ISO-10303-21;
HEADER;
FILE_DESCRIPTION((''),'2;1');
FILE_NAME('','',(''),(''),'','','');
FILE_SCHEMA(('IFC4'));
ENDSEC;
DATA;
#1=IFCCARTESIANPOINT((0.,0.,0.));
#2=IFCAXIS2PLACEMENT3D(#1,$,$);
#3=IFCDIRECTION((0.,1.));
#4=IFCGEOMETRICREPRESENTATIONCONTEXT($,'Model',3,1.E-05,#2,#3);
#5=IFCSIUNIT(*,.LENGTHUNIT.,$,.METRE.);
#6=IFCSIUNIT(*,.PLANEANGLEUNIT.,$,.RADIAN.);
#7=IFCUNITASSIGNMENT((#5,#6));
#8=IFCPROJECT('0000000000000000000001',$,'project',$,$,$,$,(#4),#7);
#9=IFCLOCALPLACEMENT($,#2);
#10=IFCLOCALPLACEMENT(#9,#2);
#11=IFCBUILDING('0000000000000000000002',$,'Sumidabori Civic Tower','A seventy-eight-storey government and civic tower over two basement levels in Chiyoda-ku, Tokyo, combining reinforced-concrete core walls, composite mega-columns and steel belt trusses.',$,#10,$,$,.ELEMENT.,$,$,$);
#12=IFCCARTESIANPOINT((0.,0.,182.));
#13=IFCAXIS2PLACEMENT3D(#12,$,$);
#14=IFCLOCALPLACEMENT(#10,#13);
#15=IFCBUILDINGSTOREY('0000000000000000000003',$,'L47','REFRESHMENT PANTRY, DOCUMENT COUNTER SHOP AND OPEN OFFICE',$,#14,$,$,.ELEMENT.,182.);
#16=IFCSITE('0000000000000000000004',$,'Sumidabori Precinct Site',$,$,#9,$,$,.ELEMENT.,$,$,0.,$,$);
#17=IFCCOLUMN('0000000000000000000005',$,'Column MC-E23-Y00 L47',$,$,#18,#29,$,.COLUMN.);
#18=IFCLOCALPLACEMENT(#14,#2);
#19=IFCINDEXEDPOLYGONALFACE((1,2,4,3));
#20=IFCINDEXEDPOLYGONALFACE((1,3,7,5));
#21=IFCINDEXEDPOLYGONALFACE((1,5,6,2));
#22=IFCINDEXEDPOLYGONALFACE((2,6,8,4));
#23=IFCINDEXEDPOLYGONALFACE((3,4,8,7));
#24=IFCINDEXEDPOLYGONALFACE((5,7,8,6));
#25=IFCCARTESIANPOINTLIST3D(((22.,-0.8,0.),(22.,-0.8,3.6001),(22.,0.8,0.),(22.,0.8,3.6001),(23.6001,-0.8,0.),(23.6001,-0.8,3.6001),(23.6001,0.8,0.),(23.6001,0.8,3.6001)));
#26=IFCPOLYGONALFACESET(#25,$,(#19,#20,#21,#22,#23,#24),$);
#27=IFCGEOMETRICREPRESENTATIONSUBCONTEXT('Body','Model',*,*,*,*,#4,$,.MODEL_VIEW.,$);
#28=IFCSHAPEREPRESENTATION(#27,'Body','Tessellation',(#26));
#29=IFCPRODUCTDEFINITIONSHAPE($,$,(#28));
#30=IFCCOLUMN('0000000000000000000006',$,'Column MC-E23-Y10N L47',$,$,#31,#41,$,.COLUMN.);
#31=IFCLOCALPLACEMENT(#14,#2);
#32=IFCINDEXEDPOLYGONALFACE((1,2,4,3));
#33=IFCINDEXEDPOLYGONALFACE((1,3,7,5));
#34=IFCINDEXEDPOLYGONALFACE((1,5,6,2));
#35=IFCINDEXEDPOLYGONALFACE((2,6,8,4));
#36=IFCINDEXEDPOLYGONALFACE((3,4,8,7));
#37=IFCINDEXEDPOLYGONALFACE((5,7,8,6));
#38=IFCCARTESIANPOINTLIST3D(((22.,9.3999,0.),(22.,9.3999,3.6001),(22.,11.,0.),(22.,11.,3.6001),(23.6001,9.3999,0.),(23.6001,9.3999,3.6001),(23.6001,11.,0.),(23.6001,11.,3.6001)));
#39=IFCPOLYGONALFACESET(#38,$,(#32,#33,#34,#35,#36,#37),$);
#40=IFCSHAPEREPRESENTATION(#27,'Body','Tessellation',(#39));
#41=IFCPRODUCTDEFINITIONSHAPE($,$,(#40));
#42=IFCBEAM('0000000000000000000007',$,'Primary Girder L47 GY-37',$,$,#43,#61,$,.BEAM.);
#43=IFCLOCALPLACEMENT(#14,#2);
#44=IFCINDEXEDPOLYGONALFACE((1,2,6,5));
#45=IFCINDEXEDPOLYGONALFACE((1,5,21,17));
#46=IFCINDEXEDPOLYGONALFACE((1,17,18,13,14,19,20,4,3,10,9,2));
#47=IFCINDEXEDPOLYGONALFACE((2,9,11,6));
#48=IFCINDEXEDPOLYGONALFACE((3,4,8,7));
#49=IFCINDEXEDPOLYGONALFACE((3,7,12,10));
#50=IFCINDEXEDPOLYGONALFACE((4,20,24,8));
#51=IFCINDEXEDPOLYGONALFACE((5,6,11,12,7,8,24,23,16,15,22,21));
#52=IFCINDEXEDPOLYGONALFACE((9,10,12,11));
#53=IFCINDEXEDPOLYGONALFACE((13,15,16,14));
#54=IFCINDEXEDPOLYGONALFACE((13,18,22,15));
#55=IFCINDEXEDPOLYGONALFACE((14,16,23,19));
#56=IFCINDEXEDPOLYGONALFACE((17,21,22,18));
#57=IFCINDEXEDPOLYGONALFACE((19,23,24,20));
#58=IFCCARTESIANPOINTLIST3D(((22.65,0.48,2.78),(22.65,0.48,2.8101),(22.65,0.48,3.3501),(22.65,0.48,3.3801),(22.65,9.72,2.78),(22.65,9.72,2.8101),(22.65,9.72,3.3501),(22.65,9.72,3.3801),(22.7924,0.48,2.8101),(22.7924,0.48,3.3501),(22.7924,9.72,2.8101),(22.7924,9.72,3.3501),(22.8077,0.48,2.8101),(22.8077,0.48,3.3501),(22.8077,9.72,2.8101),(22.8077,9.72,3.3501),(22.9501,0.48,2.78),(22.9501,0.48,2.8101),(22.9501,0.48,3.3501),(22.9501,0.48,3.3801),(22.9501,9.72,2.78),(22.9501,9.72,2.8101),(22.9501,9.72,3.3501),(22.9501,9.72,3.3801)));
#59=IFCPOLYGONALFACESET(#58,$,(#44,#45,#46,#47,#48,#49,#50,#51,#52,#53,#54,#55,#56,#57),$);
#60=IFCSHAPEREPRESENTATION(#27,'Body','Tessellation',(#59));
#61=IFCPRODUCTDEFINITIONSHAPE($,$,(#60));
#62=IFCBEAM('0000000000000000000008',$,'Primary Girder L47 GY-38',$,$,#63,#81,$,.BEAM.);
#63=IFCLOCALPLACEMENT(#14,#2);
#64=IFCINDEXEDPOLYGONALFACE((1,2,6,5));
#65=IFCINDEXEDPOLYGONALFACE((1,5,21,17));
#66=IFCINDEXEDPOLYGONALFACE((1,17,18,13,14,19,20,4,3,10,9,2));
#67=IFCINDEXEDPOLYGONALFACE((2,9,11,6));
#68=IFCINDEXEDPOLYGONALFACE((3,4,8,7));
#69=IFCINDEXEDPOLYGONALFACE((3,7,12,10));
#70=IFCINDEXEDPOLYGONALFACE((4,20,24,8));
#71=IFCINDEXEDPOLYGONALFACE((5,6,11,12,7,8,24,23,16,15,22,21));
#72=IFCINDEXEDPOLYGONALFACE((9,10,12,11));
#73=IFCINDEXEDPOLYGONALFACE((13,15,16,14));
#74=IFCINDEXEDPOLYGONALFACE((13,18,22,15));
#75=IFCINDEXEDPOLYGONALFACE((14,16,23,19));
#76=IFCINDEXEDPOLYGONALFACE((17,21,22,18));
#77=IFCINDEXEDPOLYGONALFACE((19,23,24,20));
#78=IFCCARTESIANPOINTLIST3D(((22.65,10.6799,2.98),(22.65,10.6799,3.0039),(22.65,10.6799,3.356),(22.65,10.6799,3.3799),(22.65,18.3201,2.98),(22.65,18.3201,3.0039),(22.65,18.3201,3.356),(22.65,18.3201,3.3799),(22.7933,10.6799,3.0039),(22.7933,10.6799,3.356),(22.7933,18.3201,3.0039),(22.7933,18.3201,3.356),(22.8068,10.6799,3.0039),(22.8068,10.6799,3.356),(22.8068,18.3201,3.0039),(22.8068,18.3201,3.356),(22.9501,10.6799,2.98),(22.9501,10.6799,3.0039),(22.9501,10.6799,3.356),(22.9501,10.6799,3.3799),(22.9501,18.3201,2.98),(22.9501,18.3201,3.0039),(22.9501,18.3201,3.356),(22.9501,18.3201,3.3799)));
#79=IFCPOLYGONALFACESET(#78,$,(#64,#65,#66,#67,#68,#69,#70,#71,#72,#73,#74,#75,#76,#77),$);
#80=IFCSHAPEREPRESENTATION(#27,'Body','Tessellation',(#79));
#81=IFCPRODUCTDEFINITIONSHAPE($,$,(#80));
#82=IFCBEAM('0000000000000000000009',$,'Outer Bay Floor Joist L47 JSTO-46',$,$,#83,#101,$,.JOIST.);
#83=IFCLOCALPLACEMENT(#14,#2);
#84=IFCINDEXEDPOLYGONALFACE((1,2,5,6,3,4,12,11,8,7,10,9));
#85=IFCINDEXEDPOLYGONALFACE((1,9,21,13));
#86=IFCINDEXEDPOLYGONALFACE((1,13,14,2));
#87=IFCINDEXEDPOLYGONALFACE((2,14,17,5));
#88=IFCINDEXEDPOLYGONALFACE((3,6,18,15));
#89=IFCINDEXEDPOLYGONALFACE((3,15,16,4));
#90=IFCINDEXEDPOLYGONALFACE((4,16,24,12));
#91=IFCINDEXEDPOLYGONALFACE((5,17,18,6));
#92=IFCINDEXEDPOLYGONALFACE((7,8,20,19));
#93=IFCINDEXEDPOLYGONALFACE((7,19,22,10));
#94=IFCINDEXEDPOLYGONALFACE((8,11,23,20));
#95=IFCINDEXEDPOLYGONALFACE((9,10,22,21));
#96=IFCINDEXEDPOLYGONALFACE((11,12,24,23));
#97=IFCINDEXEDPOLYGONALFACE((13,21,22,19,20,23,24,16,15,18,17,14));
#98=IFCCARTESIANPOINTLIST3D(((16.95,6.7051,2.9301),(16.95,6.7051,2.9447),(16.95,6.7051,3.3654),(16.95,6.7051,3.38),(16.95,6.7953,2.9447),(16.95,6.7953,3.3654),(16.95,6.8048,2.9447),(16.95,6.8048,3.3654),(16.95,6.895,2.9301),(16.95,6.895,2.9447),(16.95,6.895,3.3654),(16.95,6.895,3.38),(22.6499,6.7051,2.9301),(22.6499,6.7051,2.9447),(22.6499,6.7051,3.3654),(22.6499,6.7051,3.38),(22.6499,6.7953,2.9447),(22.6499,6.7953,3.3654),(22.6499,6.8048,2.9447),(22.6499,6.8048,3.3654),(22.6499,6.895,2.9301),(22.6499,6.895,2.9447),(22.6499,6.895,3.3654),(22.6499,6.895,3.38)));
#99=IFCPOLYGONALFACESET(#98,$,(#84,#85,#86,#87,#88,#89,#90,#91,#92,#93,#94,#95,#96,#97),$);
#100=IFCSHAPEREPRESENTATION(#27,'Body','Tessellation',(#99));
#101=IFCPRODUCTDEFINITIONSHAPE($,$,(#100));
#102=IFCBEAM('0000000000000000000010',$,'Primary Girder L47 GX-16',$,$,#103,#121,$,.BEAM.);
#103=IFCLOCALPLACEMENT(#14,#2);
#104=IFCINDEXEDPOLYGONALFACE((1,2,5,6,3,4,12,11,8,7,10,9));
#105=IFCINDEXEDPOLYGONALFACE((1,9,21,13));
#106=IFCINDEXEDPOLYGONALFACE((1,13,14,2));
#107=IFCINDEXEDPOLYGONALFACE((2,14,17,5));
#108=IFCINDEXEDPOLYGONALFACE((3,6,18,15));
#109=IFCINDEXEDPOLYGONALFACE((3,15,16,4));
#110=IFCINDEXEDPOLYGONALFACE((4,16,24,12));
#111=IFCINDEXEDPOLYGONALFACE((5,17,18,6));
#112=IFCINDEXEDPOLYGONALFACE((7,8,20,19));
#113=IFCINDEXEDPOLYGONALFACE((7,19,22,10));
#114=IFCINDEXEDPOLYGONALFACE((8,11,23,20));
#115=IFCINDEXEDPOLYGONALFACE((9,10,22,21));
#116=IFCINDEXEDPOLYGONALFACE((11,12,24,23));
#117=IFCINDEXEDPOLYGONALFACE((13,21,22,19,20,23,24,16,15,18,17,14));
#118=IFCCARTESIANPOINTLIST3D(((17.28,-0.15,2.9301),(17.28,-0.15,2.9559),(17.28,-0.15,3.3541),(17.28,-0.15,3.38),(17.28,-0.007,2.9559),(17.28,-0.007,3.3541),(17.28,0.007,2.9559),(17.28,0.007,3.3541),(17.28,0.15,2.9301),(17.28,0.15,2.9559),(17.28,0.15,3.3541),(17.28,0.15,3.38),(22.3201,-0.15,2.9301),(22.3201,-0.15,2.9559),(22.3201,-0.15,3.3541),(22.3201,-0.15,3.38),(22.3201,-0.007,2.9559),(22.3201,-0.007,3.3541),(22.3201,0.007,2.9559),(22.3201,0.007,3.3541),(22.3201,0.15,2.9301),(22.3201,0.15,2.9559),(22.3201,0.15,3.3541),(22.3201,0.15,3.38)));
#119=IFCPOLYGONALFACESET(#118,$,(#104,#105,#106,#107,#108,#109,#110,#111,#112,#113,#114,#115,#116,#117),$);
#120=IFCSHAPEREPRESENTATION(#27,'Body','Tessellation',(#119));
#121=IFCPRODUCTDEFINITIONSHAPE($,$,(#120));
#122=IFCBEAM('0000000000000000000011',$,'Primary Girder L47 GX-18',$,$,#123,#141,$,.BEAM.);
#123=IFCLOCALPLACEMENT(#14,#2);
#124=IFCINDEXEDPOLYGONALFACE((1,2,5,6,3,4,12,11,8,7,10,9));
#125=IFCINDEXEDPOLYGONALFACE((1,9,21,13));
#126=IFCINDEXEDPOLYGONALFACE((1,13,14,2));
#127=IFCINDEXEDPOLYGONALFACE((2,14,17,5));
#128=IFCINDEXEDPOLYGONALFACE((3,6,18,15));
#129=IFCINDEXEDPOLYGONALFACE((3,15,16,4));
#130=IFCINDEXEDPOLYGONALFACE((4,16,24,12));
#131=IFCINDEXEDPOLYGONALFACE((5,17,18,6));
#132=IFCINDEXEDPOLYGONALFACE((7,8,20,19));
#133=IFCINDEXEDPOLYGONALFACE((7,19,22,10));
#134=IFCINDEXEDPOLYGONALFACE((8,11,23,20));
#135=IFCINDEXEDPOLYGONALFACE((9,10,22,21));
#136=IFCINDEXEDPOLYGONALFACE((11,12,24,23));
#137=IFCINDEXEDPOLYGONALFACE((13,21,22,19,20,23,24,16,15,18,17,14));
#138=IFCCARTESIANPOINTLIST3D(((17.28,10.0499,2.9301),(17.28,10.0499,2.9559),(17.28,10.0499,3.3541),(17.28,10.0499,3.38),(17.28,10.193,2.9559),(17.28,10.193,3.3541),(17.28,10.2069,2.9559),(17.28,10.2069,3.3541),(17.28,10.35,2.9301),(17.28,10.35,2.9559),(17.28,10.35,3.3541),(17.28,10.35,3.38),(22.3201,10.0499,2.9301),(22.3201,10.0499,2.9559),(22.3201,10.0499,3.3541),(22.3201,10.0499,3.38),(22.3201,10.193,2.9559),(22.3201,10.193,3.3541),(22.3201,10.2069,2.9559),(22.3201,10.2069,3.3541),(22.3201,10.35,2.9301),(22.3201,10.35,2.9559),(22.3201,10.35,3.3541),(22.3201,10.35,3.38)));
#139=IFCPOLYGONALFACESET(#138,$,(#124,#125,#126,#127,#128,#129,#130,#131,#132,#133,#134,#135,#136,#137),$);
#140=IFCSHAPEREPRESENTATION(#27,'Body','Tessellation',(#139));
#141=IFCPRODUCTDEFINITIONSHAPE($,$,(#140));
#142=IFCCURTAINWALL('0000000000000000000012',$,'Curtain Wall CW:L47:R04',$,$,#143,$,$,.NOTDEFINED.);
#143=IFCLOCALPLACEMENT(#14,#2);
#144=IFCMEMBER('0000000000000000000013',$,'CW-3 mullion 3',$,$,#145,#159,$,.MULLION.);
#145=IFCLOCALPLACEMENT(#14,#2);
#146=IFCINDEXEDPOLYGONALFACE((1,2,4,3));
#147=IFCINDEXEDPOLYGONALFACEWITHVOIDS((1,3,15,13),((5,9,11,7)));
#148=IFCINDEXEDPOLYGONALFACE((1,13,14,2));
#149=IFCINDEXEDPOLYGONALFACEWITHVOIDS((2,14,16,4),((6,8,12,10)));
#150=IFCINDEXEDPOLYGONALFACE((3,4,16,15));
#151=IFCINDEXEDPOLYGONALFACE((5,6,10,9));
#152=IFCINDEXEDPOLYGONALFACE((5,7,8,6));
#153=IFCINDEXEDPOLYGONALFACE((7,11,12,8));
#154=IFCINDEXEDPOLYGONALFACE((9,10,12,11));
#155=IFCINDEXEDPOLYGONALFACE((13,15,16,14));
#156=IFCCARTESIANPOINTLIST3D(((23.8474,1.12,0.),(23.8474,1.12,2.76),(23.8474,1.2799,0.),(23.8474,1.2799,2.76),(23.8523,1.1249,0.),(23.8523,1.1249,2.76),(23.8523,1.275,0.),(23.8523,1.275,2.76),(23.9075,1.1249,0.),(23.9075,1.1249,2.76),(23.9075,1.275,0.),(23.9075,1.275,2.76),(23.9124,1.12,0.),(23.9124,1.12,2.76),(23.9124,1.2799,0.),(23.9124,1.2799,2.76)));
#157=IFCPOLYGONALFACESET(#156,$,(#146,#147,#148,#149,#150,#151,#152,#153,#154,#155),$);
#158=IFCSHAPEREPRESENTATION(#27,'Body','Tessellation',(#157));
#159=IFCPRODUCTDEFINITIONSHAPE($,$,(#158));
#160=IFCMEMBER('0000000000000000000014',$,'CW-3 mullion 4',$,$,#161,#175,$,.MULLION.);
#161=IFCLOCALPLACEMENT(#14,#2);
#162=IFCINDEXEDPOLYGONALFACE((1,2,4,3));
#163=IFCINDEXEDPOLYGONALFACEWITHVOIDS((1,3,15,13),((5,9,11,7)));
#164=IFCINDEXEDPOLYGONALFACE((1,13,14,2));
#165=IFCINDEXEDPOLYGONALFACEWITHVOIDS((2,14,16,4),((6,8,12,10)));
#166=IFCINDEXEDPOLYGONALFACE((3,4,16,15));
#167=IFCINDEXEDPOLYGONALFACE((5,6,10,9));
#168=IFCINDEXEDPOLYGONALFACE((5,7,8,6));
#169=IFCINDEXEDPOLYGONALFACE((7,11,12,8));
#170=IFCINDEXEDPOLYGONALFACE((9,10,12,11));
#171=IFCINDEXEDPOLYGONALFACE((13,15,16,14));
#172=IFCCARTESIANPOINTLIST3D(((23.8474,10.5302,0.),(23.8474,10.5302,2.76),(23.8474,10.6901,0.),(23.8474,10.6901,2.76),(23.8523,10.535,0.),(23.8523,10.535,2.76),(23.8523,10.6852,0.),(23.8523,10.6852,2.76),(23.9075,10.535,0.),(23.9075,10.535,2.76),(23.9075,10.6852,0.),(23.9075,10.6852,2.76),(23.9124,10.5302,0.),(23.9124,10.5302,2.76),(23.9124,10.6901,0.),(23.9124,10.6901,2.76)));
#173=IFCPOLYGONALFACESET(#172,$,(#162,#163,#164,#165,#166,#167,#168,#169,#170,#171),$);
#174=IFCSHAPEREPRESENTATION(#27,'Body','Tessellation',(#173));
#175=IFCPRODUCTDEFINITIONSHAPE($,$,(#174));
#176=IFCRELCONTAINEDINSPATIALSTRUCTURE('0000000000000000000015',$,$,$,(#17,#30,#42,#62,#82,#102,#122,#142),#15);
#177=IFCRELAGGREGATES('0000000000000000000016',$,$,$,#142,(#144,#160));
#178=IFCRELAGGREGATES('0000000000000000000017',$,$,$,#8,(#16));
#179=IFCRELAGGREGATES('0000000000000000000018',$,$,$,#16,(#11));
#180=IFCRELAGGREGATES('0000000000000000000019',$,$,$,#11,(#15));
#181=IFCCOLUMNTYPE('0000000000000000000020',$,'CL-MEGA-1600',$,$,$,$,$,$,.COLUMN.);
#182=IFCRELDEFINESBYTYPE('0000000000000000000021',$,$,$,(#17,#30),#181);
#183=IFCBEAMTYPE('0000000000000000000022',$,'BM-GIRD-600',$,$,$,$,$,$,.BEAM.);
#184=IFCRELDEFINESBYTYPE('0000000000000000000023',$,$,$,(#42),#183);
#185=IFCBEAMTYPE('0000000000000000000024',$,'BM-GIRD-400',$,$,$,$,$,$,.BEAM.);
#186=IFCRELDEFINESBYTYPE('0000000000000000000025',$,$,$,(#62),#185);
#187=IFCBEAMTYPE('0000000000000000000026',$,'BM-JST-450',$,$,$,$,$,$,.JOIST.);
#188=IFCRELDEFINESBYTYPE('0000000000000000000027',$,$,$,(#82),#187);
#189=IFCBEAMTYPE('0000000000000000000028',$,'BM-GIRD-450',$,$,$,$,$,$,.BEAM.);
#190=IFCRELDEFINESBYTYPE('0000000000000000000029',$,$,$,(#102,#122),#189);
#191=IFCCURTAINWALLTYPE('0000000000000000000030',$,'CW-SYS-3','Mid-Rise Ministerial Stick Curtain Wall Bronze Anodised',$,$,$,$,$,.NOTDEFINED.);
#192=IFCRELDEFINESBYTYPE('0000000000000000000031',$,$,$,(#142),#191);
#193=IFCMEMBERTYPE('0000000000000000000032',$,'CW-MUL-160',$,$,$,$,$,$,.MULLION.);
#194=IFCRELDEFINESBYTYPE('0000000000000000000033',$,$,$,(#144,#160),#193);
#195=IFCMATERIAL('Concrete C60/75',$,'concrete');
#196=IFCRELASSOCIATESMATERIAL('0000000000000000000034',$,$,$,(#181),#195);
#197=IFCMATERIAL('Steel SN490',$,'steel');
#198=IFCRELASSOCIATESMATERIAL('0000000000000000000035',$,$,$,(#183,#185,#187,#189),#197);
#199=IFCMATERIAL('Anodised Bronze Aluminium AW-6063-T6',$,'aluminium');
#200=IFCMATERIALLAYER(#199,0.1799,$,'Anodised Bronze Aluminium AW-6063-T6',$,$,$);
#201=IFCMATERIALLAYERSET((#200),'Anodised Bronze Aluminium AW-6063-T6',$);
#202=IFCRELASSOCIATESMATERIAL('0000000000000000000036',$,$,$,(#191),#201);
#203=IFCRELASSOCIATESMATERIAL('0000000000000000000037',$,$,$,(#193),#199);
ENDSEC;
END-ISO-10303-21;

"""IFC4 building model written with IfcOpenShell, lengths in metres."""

from ifc_helpers import new_model, si_unit, direction, frame, origin, origin_2d, place, context, subcontext, project, spatial, rectangle, hollow_rectangle, i_section, extrude, source, transform, mapped, material, layer, layer_set, material_profile, profile_set, type_object, element, aggregate, save


model = new_model("IFC4")

# Units and contexts
model_context = context("Model", 3, precision=1e-05, world=origin(), true_north=direction((0.0, 1.0)))
body_context = subcontext(model_context, "Body", "Model", "MODEL_VIEW")
ifc_project = project(units=[si_unit("LENGTHUNIT", "METRE"), si_unit("PLANEANGLEUNIT", "RADIAN")], contexts=[model_context])

# Site, building, storey
site_placement = place(None, origin())
site = spatial("IfcSite", under=ifc_project, at=site_placement, Name="Sumidabori Precinct Site", CompositionType="ELEMENT", RefElevation=0.0)
building_placement = place(site_placement, origin())
building = spatial("IfcBuilding", under=site, at=building_placement, Name="Sumidabori Civic Tower", Description="A seventy-eight-storey government and civic tower over two basement levels in Chiyoda-ku, Tokyo, combining reinforced-concrete core walls, composite mega-columns and steel belt trusses.", CompositionType="ELEMENT")
storey_placement = place(building_placement, frame((0.0, 0.0, 182.0)))
storey = spatial("IfcBuildingStorey", under=building, at=storey_placement, Name="L47", Description="REFRESHMENT PANTRY, DOCUMENT COUNTER SHOP AND OPEN OFFICE", CompositionType="ELEMENT", Elevation=182.0)

# Columns
ifc_material_1 = material(Name="Concrete C60/75", Category="concrete")
ifc_material_profile_1 = material_profile(ifc_material_1, rectangle(XDim=1.6001, YDim=1.6001, at=origin_2d()), Name="RC 1600x1600")
ifc_profile_set_1 = profile_set([ifc_material_profile_1], Name="Concrete C60/75")
column_type = type_object("IfcColumnType", Name="CL-MEGA-1600", PredefinedType="COLUMN", material=ifc_profile_set_1)
shared_shape_1 = source(origin(), body_context, "Body", "SweptSolid", [
    extrude(rectangle(XDim=1.6001, YDim=1.6001, at=origin_2d()), origin(), (0.0, 0.0, 1.0), 3.6001),
])
for number, where, z_axis, x_axis, name in (
    (1, (22.8, 0.0, 0.0), (0.0, 0.0, 1.0), (1.0, 0.0, 0.0), "Column MC-E23-Y00 L47"),
    (2, (22.8, 10.2, 0.0), (0.0, 0.0, 1.0), (1.0, 0.0, 0.0), "Column MC-E23-Y10N L47"),
):
    element("IfcColumn", number, at=place(storey_placement, frame(where, z_axis=z_axis, x_axis=x_axis)), inside=storey, type_object=column_type, Name=name, PredefinedType="COLUMN", context=body_context, shape_type="MappedRepresentation", body=[
        mapped(shared_shape_1, transform((0.0, 0.0, 0.0), x_axis=(1.0, 0.0, 0.0), y_axis=(0.0, 1.0, 0.0), z_axis=(0.0, 0.0, 1.0), scale=1.0)),
    ])

# Beams
ifc_material_2 = material(Name="Steel SN490", Category="steel")
ifc_material_profile_2 = material_profile(ifc_material_2, i_section(OverallWidth=0.3, OverallDepth=0.6001, WebThickness=0.0154, FlangeThickness=0.03, at=origin_2d()), Name="HE 600 B")
ifc_profile_set_2 = profile_set([ifc_material_profile_2], Name="Steel SN490")
beam_type_1 = type_object("IfcBeamType", Name="BM-GIRD-600", PredefinedType="BEAM", material=ifc_profile_set_2)
shared_shape_2 = source(origin(), body_context, "Body", "SweptSolid", [
    extrude(i_section(OverallWidth=0.3, OverallDepth=0.6001, WebThickness=0.0154, FlangeThickness=0.03, at=origin_2d()), origin(), (0.0, 0.0, 1.0), 9.24),
])
beam_1_placement = place(storey_placement, frame((22.8, 0.48, 3.0801), z_axis=(0.0, 1.0, 0.0), x_axis=(-1.0, 0.0, 0.0)))
element("IfcBeam", 3, at=beam_1_placement, inside=storey, type_object=beam_type_1, Name="Primary Girder L47 GY-37", PredefinedType="BEAM", context=body_context, shape_type="MappedRepresentation", body=[
    mapped(shared_shape_2, transform((0.0, 0.0, 0.0), x_axis=(1.0, 0.0, 0.0), y_axis=(0.0, 1.0, 0.0), z_axis=(0.0, 0.0, 1.0), scale=1.0)),
])
ifc_material_profile_3 = material_profile(ifc_material_2, i_section(OverallWidth=0.3, OverallDepth=0.3999, WebThickness=0.0134, FlangeThickness=0.0239, at=origin_2d()), Name="HE 400 B")
ifc_profile_set_3 = profile_set([ifc_material_profile_3], Name="Steel SN490")
beam_type_2 = type_object("IfcBeamType", Name="BM-GIRD-400", PredefinedType="BEAM", material=ifc_profile_set_3)
shared_shape_3 = source(origin(), body_context, "Body", "SweptSolid", [
    extrude(i_section(OverallWidth=0.3, OverallDepth=0.3999, WebThickness=0.0134, FlangeThickness=0.0239, at=origin_2d()), origin(), (0.0, 0.0, 1.0), 7.6401),
])
beam_2_placement = place(storey_placement, frame((22.8, 10.6799, 3.1799), z_axis=(0.0, 1.0, 0.0), x_axis=(-1.0, 0.0, 0.0)))
element("IfcBeam", 4, at=beam_2_placement, inside=storey, type_object=beam_type_2, Name="Primary Girder L47 GY-38", PredefinedType="BEAM", context=body_context, shape_type="MappedRepresentation", body=[
    mapped(shared_shape_3, transform((0.0, 0.0, 0.0), x_axis=(1.0, 0.0, 0.0), y_axis=(0.0, 1.0, 0.0), z_axis=(0.0, 0.0, 1.0), scale=1.0)),
])
ifc_material_profile_4 = material_profile(ifc_material_2, i_section(OverallWidth=0.1899, OverallDepth=0.45, WebThickness=0.0095, FlangeThickness=0.0146, at=origin_2d()), Name="IPE 450")
ifc_profile_set_4 = profile_set([ifc_material_profile_4], Name="Steel SN490")
beam_type_3 = type_object("IfcBeamType", Name="BM-JST-450", PredefinedType="JOIST", material=ifc_profile_set_4)
shared_shape_4 = source(origin(), body_context, "Body", "SweptSolid", [
    extrude(i_section(OverallWidth=0.1899, OverallDepth=0.45, WebThickness=0.0095, FlangeThickness=0.0146, at=origin_2d()), origin(), (0.0, 0.0, 1.0), 5.7),
])
beam_3_placement = place(storey_placement, frame((16.95, 6.8, 3.155), z_axis=(1.0, 0.0, 0.0), x_axis=(0.0, 1.0, 0.0)))
element("IfcBeam", 5, at=beam_3_placement, inside=storey, type_object=beam_type_3, Name="Outer Bay Floor Joist L47 JSTO-46", PredefinedType="JOIST", context=body_context, shape_type="MappedRepresentation", body=[
    mapped(shared_shape_4, transform((0.0, 0.0, 0.0), x_axis=(1.0, 0.0, 0.0), y_axis=(0.0, 1.0, 0.0), z_axis=(0.0, 0.0, 1.0), scale=1.0)),
])
ifc_material_profile_5 = material_profile(ifc_material_2, i_section(OverallWidth=0.3, OverallDepth=0.45, WebThickness=0.0139, FlangeThickness=0.0259, at=origin_2d()), Name="HE 450 B")
ifc_profile_set_5 = profile_set([ifc_material_profile_5], Name="Steel SN490")
beam_type_4 = type_object("IfcBeamType", Name="BM-GIRD-450", PredefinedType="BEAM", material=ifc_profile_set_5)
shared_shape_5 = source(origin(), body_context, "Body", "SweptSolid", [
    extrude(i_section(OverallWidth=0.3, OverallDepth=0.45, WebThickness=0.0139, FlangeThickness=0.0259, at=origin_2d()), origin(), (0.0, 0.0, 1.0), 5.04),
])
for number, where, z_axis, x_axis, name in (
    (6, (17.28, 0.0, 3.155), (1.0, 0.0, 0.0), (0.0, 1.0, 0.0), "Primary Girder L47 GX-16"),
    (7, (17.28, 10.2, 3.155), (1.0, 0.0, 0.0), (0.0, 1.0, 0.0), "Primary Girder L47 GX-18"),
):
    element("IfcBeam", number, at=place(storey_placement, frame(where, z_axis=z_axis, x_axis=x_axis)), inside=storey, type_object=beam_type_4, Name=name, PredefinedType="BEAM", context=body_context, shape_type="MappedRepresentation", body=[
        mapped(shared_shape_5, transform((0.0, 0.0, 0.0), x_axis=(1.0, 0.0, 0.0), y_axis=(0.0, 1.0, 0.0), z_axis=(0.0, 0.0, 1.0), scale=1.0)),
    ])

# Curtain wall, members
ifc_material_3 = material(Name="Anodised Bronze Aluminium AW-6063-T6", Category="aluminium")
ifc_layer_1 = layer(ifc_material_3, 0.1799, Name="Anodised Bronze Aluminium AW-6063-T6")
ifc_layer_set_1 = layer_set([ifc_layer_1], Name="Anodised Bronze Aluminium AW-6063-T6")
curtain_wall_type = type_object("IfcCurtainWallType", Name="CW-SYS-3", Description="Mid-Rise Ministerial Stick Curtain Wall Bronze Anodised", PredefinedType="NOTDEFINED", material=ifc_layer_set_1)
curtain_wall_placement = place(storey_placement, origin())
curtain_wall = element("IfcCurtainWall", 8, at=curtain_wall_placement, inside=storey, type_object=curtain_wall_type, Name="Curtain Wall CW:L47:R04", PredefinedType="NOTDEFINED")
ifc_material_profile_6 = material_profile(ifc_material_3, hollow_rectangle(XDim=0.0649, YDim=0.1599, WallThickness=0.0049, at=origin_2d()), Name="ALU MULLION 160x65")
ifc_profile_set_6 = profile_set([ifc_material_profile_6], Name="Anodised Bronze Aluminium AW-6063-T6")
member_type_1 = type_object("IfcMemberType", Name="CW-MUL-160", PredefinedType="MULLION", material=ifc_profile_set_6)
shared_shape_6 = source(origin(), body_context, "Body", "SweptSolid", [
    extrude(hollow_rectangle(XDim=0.0649, YDim=0.1599, WallThickness=0.0049, at=origin_2d()), origin(), (0.0, 0.0, 1.0), 2.76),
])
member_1_placement = place(storey_placement, frame((23.8799, 1.2, 0.0), z_axis=(0.0, 0.0, 1.0), x_axis=(-1.0, 0.0, 0.0)))
member_1 = element("IfcMember", 9, at=member_1_placement, type_object=member_type_1, Name="CW-3 mullion 3", PredefinedType="MULLION", context=body_context, shape_type="MappedRepresentation", body=[
    mapped(shared_shape_6, transform((0.0, 0.0, 0.0), x_axis=(1.0, 0.0, 0.0), y_axis=(0.0, 1.0, 0.0), z_axis=(0.0, 0.0, 1.0), scale=1.0)),
])
member_2_placement = place(storey_placement, frame((23.8799, 10.6101, 0.0), z_axis=(0.0, 0.0, 1.0), x_axis=(-1.0, 0.0, 0.0)))
member_2 = element("IfcMember", 10, at=member_2_placement, type_object=member_type_1, Name="CW-3 mullion 4", PredefinedType="MULLION", context=body_context, shape_type="MappedRepresentation", body=[
    mapped(shared_shape_6, transform((0.0, 0.0, 0.0), x_axis=(1.0, 0.0, 0.0), y_axis=(0.0, 1.0, 0.0), z_axis=(0.0, 0.0, 1.0), scale=1.0)),
])
aggregate(curtain_wall, [member_1, member_2])

save(model, "model.ifc")
